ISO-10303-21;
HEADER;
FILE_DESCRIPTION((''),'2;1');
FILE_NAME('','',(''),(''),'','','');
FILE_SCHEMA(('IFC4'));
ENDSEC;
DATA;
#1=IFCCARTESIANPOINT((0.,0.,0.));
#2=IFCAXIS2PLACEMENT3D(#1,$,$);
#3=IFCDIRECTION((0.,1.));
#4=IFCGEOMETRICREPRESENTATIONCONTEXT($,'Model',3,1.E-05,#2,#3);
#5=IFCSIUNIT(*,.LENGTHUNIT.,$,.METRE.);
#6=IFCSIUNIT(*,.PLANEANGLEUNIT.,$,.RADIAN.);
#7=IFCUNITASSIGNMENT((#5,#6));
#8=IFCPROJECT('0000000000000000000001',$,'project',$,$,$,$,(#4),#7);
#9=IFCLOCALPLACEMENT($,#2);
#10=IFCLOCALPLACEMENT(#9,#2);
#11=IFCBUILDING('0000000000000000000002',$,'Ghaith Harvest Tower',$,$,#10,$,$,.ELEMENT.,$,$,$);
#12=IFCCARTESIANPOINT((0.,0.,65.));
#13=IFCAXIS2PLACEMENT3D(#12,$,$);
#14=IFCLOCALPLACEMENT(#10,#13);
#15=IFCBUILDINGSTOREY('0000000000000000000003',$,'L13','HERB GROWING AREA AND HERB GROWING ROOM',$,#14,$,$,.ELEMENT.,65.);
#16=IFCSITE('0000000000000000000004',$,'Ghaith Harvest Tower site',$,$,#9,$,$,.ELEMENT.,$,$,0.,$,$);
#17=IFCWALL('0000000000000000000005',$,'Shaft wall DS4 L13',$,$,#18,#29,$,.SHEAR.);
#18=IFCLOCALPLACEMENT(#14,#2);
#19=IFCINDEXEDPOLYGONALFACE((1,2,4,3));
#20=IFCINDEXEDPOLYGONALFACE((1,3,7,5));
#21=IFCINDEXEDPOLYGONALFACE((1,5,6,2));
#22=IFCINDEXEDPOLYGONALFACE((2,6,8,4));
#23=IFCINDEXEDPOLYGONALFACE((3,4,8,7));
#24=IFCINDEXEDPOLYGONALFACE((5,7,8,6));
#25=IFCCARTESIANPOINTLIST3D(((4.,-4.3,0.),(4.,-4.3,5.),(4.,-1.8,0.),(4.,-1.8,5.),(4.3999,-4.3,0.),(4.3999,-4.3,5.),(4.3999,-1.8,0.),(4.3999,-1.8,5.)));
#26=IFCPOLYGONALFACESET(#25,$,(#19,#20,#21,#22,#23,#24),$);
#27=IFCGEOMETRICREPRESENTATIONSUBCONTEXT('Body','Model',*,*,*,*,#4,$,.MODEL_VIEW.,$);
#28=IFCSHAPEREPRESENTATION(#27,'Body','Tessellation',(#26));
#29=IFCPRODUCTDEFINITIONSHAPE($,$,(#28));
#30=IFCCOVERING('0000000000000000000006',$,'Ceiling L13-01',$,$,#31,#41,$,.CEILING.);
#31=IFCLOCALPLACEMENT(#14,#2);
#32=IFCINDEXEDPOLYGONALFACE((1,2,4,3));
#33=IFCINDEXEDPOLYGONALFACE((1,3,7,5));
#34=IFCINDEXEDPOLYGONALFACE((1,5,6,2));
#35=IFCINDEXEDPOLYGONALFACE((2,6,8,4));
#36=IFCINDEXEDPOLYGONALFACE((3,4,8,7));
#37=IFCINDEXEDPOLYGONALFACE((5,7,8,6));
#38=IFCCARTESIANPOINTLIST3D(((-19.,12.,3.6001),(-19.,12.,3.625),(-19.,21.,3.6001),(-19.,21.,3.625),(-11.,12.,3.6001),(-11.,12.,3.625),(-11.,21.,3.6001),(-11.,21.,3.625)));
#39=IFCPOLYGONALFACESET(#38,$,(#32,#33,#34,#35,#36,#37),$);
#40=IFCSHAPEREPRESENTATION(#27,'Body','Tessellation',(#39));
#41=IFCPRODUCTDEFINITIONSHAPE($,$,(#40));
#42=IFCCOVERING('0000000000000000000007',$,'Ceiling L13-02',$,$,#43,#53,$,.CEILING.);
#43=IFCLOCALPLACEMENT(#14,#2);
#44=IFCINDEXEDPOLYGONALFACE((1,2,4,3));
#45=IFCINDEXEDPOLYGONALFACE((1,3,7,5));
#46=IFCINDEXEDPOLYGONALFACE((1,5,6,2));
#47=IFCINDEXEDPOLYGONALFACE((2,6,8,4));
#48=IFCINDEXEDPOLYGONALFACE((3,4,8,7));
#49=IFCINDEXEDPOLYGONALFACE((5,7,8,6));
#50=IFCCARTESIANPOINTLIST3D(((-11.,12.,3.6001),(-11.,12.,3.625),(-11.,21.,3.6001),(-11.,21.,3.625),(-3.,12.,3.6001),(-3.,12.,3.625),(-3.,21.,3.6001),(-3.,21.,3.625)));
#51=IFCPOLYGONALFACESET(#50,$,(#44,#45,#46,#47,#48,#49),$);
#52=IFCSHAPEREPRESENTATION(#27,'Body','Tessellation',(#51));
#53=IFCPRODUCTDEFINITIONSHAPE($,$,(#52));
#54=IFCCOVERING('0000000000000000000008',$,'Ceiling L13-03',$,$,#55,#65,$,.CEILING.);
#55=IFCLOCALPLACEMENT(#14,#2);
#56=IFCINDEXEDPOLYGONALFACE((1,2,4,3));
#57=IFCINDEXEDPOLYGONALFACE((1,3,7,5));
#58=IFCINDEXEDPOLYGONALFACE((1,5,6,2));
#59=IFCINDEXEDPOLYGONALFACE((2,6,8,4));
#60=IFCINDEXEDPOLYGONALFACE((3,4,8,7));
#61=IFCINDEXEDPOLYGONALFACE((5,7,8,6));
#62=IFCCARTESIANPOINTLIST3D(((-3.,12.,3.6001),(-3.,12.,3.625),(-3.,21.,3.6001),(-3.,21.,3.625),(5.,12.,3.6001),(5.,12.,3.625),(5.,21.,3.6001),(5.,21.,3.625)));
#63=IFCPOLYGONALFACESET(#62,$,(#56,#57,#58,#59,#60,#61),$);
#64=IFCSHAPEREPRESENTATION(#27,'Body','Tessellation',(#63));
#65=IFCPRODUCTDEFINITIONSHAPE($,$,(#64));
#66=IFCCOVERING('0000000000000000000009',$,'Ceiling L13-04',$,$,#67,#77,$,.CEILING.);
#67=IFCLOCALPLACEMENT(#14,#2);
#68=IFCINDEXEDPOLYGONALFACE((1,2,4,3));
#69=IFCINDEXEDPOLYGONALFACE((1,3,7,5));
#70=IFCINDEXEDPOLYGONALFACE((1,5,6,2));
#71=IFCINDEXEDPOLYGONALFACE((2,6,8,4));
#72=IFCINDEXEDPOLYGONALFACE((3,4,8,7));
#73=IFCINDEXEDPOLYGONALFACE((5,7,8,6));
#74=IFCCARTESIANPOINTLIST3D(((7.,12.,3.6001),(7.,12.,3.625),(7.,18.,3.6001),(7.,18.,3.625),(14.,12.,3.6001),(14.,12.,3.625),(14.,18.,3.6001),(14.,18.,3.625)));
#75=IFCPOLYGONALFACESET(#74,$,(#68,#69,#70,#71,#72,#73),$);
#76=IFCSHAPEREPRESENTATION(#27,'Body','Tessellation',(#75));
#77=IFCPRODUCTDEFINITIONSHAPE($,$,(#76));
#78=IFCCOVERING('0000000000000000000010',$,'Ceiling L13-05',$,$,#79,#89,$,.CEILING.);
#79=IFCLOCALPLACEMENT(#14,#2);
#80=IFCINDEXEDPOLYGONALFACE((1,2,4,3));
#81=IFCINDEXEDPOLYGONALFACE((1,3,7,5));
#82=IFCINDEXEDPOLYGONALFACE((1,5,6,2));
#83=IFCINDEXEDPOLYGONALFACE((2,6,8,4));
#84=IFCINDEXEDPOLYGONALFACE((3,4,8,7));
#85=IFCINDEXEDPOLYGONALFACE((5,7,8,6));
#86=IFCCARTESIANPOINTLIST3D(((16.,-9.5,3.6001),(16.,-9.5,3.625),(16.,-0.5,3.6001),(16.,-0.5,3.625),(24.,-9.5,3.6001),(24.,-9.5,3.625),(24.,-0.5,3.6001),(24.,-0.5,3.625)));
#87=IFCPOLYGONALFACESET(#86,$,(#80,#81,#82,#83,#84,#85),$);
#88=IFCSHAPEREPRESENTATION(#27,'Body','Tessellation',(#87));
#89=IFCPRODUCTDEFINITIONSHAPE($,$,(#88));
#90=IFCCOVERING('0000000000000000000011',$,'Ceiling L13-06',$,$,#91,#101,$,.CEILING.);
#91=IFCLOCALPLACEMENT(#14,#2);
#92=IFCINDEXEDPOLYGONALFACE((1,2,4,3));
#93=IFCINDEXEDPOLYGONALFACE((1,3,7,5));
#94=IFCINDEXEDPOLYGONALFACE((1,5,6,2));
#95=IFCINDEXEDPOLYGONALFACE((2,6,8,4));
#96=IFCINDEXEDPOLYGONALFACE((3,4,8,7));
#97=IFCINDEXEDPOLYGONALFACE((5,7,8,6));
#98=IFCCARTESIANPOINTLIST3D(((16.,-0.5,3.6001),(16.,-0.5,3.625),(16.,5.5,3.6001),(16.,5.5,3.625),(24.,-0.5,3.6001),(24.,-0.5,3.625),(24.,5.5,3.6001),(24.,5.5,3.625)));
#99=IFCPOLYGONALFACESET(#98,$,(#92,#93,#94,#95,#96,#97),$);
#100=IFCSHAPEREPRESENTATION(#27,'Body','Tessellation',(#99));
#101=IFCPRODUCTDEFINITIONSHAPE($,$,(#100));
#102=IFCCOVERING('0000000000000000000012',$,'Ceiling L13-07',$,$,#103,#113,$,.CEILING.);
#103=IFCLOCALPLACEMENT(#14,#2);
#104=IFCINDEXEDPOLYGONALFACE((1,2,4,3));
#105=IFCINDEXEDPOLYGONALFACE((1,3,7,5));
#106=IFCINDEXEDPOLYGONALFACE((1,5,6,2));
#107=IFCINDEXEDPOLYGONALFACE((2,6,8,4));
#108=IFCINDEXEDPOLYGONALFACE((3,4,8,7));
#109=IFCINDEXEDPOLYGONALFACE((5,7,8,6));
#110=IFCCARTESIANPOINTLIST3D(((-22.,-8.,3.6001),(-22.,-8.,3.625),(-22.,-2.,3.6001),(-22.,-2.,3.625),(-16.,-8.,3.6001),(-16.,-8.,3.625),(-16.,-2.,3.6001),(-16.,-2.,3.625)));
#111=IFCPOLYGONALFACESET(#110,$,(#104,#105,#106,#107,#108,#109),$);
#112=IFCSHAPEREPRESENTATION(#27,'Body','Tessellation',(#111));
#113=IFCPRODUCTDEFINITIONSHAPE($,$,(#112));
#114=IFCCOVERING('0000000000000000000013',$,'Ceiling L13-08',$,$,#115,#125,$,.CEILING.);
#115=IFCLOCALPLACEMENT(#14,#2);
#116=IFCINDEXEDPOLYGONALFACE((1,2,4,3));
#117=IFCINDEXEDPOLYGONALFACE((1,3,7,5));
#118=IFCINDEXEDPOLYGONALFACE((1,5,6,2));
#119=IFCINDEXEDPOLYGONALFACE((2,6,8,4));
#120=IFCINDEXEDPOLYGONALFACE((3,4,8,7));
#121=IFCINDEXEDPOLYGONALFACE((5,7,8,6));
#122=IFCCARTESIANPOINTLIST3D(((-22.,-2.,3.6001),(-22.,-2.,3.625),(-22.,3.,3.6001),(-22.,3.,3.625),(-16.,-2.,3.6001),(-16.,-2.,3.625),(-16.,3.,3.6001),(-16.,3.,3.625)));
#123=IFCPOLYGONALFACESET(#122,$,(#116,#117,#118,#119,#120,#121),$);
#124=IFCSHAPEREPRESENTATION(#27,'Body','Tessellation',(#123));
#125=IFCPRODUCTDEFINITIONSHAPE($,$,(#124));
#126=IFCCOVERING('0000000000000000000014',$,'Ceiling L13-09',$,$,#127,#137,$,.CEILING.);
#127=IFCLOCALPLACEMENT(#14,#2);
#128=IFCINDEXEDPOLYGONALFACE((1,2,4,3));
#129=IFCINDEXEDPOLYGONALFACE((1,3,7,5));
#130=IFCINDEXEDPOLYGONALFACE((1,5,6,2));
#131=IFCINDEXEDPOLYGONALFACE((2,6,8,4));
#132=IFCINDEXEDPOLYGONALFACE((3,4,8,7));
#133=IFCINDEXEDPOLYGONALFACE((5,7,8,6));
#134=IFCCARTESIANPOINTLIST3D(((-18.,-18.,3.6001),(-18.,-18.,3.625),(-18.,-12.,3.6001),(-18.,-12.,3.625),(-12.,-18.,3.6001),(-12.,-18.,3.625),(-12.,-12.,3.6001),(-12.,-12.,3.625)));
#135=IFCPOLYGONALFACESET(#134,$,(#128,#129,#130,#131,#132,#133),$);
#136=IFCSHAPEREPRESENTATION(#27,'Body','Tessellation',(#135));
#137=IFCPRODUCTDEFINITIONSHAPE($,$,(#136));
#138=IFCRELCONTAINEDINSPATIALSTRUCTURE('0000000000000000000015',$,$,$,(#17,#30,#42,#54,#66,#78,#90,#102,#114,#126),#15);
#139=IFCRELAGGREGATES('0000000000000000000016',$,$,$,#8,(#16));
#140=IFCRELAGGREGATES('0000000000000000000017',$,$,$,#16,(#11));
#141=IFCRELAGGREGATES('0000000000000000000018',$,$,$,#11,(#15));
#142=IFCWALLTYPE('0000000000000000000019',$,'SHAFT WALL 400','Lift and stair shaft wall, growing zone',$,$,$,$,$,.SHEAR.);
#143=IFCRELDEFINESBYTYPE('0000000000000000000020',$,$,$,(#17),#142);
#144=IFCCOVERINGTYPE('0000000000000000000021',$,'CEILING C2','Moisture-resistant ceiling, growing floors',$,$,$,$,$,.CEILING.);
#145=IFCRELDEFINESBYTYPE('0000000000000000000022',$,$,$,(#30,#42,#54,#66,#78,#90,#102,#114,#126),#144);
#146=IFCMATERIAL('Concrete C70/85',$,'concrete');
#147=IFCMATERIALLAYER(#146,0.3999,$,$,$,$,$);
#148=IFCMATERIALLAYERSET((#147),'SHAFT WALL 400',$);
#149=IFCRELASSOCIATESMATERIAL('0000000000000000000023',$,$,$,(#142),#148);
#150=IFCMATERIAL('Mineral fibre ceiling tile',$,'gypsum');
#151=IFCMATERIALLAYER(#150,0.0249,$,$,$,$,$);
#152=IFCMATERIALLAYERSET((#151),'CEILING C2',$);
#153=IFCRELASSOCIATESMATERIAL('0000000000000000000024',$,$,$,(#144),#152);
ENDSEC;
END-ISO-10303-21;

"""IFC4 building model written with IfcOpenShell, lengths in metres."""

from ifc_helpers import new_model, si_unit, direction, frame, frame_2d, origin, place, context, subcontext, project, spatial, polyline, rectangle, outline, extrude, material, layer, layer_set, type_object, element, save


model = new_model("IFC4")

# Units and contexts
model_context = context("Model", 3, precision=1e-05, world=origin(), true_north=direction((0.0, 1.0)))
body_context = subcontext(model_context, "Body", "Model", "MODEL_VIEW")
ifc_project = project(units=[si_unit("LENGTHUNIT", "METRE"), si_unit("PLANEANGLEUNIT", "RADIAN")], contexts=[model_context])

# Site, building, storey
site_placement = place(None, origin())
site = spatial("IfcSite", under=ifc_project, at=site_placement, Name="Ghaith Harvest Tower site", CompositionType="ELEMENT", RefElevation=0.0)
building_placement = place(site_placement, origin())
building = spatial("IfcBuilding", under=site, at=building_placement, Name="Ghaith Harvest Tower", CompositionType="ELEMENT")
storey_placement = place(building_placement, frame((0.0, 0.0, 65.0)))
storey = spatial("IfcBuildingStorey", under=building, at=storey_placement, Name="L13", Description="HERB GROWING AREA AND HERB GROWING ROOM", CompositionType="ELEMENT", Elevation=65.0)

# Shared definitions
ifc_material_1 = material(Name="Concrete C70/85", Category="concrete")
ifc_layer_1 = layer(ifc_material_1, 0.3999)
ifc_layer_set_1 = layer_set([ifc_layer_1], Name="SHAFT WALL 400")
wall_type_1 = type_object("IfcWallType", Name="SHAFT WALL 400", Description="Lift and stair shaft wall, growing zone", PredefinedType="SHEAR", material=ifc_layer_set_1)

# Wall
for number, where, z_axis, x_axis, name in (
    (1, (4.2, -4.3, 0.0), (0.0, 0.0, 1.0), (0.0, 1.0, 0.0), "Shaft wall DS4 L13"),
):
    element("IfcWall", number, at=place(storey_placement, frame(where, z_axis=z_axis, x_axis=x_axis)), inside=storey, type_object=wall_type_1, Name=name, PredefinedType="SHEAR", context=body_context, shape_type="SweptSolid", body=[
        extrude(rectangle(XDim=2.5, YDim=0.3999, at=frame_2d((1.25, 0.0))), origin(), (0.0, 0.0, 1.0), 5.0),
    ])

# Coverings
ifc_material_2 = material(Name="Mineral fibre ceiling tile", Category="gypsum")
ifc_layer_2 = layer(ifc_material_2, 0.0249)
ifc_layer_set_2 = layer_set([ifc_layer_2], Name="CEILING C2")
covering_type = type_object("IfcCoveringType", Name="CEILING C2", Description="Moisture-resistant ceiling, growing floors", PredefinedType="CEILING", material=ifc_layer_set_2)
covering_1_placement = place(storey_placement, frame((0.0, 0.0, 3.6001)))
element("IfcCovering", 2, at=covering_1_placement, inside=storey, type_object=covering_type, Name="Ceiling L13-01", PredefinedType="CEILING", context=body_context, shape_type="SweptSolid", body=[
    extrude(outline(polyline([(-19.0, 12.0), (-11.0, 12.0), (-11.0, 21.0), (-19.0, 21.0), (-19.0, 12.0)])), origin(), (0.0, 0.0, 1.0), 0.0249),
])
covering_2_placement = place(storey_placement, frame((0.0, 0.0, 3.6001)))
element("IfcCovering", 3, at=covering_2_placement, inside=storey, type_object=covering_type, Name="Ceiling L13-02", PredefinedType="CEILING", context=body_context, shape_type="SweptSolid", body=[
    extrude(outline(polyline([(-11.0, 12.0), (-3.0, 12.0), (-3.0, 21.0), (-11.0, 21.0), (-11.0, 12.0)])), origin(), (0.0, 0.0, 1.0), 0.0249),
])
covering_3_placement = place(storey_placement, frame((0.0, 0.0, 3.6001)))
element("IfcCovering", 4, at=covering_3_placement, inside=storey, type_object=covering_type, Name="Ceiling L13-03", PredefinedType="CEILING", context=body_context, shape_type="SweptSolid", body=[
    extrude(outline(polyline([(-3.0, 12.0), (5.0, 12.0), (5.0, 21.0), (-3.0, 21.0), (-3.0, 12.0)])), origin(), (0.0, 0.0, 1.0), 0.0249),
])
covering_4_placement = place(storey_placement, frame((0.0, 0.0, 3.6001)))
element("IfcCovering", 5, at=covering_4_placement, inside=storey, type_object=covering_type, Name="Ceiling L13-04", PredefinedType="CEILING", context=body_context, shape_type="SweptSolid", body=[
    extrude(outline(polyline([(7.0, 12.0), (14.0, 12.0), (14.0, 18.0), (7.0, 18.0), (7.0, 12.0)])), origin(), (0.0, 0.0, 1.0), 0.0249),
])
covering_5_placement = place(storey_placement, frame((0.0, 0.0, 3.6001)))
element("IfcCovering", 6, at=covering_5_placement, inside=storey, type_object=covering_type, Name="Ceiling L13-05", PredefinedType="CEILING", context=body_context, shape_type="SweptSolid", body=[
    extrude(outline(polyline([(16.0, -9.5), (24.0, -9.5), (24.0, -0.5), (16.0, -0.5), (16.0, -9.5)])), origin(), (0.0, 0.0, 1.0), 0.0249),
])
covering_6_placement = place(storey_placement, frame((0.0, 0.0, 3.6001)))
element("IfcCovering", 7, at=covering_6_placement, inside=storey, type_object=covering_type, Name="Ceiling L13-06", PredefinedType="CEILING", context=body_context, shape_type="SweptSolid", body=[
    extrude(outline(polyline([(16.0, -0.5), (24.0, -0.5), (24.0, 5.5), (16.0, 5.5), (16.0, -0.5)])), origin(), (0.0, 0.0, 1.0), 0.0249),
])
covering_7_placement = place(storey_placement, frame((0.0, 0.0, 3.6001)))
element("IfcCovering", 8, at=covering_7_placement, inside=storey, type_object=covering_type, Name="Ceiling L13-07", PredefinedType="CEILING", context=body_context, shape_type="SweptSolid", body=[
    extrude(outline(polyline([(-22.0, -8.0), (-16.0, -8.0), (-16.0, -2.0), (-22.0, -2.0), (-22.0, -8.0)])), origin(), (0.0, 0.0, 1.0), 0.0249),
])
covering_8_placement = place(storey_placement, frame((0.0, 0.0, 3.6001)))
element("IfcCovering", 9, at=covering_8_placement, inside=storey, type_object=covering_type, Name="Ceiling L13-08", PredefinedType="CEILING", context=body_context, shape_type="SweptSolid", body=[
    extrude(outline(polyline([(-22.0, -2.0), (-16.0, -2.0), (-16.0, 3.0), (-22.0, 3.0), (-22.0, -2.0)])), origin(), (0.0, 0.0, 1.0), 0.0249),
])
covering_9_placement = place(storey_placement, frame((0.0, 0.0, 3.6001)))
element("IfcCovering", 10, at=covering_9_placement, inside=storey, type_object=covering_type, Name="Ceiling L13-09", PredefinedType="CEILING", context=body_context, shape_type="SweptSolid", body=[
    extrude(outline(polyline([(-18.0, -18.0), (-12.0, -18.0), (-12.0, -12.0), (-18.0, -12.0), (-18.0, -18.0)])), origin(), (0.0, 0.0, 1.0), 0.0249),
])

save(model, "model.ifc")
